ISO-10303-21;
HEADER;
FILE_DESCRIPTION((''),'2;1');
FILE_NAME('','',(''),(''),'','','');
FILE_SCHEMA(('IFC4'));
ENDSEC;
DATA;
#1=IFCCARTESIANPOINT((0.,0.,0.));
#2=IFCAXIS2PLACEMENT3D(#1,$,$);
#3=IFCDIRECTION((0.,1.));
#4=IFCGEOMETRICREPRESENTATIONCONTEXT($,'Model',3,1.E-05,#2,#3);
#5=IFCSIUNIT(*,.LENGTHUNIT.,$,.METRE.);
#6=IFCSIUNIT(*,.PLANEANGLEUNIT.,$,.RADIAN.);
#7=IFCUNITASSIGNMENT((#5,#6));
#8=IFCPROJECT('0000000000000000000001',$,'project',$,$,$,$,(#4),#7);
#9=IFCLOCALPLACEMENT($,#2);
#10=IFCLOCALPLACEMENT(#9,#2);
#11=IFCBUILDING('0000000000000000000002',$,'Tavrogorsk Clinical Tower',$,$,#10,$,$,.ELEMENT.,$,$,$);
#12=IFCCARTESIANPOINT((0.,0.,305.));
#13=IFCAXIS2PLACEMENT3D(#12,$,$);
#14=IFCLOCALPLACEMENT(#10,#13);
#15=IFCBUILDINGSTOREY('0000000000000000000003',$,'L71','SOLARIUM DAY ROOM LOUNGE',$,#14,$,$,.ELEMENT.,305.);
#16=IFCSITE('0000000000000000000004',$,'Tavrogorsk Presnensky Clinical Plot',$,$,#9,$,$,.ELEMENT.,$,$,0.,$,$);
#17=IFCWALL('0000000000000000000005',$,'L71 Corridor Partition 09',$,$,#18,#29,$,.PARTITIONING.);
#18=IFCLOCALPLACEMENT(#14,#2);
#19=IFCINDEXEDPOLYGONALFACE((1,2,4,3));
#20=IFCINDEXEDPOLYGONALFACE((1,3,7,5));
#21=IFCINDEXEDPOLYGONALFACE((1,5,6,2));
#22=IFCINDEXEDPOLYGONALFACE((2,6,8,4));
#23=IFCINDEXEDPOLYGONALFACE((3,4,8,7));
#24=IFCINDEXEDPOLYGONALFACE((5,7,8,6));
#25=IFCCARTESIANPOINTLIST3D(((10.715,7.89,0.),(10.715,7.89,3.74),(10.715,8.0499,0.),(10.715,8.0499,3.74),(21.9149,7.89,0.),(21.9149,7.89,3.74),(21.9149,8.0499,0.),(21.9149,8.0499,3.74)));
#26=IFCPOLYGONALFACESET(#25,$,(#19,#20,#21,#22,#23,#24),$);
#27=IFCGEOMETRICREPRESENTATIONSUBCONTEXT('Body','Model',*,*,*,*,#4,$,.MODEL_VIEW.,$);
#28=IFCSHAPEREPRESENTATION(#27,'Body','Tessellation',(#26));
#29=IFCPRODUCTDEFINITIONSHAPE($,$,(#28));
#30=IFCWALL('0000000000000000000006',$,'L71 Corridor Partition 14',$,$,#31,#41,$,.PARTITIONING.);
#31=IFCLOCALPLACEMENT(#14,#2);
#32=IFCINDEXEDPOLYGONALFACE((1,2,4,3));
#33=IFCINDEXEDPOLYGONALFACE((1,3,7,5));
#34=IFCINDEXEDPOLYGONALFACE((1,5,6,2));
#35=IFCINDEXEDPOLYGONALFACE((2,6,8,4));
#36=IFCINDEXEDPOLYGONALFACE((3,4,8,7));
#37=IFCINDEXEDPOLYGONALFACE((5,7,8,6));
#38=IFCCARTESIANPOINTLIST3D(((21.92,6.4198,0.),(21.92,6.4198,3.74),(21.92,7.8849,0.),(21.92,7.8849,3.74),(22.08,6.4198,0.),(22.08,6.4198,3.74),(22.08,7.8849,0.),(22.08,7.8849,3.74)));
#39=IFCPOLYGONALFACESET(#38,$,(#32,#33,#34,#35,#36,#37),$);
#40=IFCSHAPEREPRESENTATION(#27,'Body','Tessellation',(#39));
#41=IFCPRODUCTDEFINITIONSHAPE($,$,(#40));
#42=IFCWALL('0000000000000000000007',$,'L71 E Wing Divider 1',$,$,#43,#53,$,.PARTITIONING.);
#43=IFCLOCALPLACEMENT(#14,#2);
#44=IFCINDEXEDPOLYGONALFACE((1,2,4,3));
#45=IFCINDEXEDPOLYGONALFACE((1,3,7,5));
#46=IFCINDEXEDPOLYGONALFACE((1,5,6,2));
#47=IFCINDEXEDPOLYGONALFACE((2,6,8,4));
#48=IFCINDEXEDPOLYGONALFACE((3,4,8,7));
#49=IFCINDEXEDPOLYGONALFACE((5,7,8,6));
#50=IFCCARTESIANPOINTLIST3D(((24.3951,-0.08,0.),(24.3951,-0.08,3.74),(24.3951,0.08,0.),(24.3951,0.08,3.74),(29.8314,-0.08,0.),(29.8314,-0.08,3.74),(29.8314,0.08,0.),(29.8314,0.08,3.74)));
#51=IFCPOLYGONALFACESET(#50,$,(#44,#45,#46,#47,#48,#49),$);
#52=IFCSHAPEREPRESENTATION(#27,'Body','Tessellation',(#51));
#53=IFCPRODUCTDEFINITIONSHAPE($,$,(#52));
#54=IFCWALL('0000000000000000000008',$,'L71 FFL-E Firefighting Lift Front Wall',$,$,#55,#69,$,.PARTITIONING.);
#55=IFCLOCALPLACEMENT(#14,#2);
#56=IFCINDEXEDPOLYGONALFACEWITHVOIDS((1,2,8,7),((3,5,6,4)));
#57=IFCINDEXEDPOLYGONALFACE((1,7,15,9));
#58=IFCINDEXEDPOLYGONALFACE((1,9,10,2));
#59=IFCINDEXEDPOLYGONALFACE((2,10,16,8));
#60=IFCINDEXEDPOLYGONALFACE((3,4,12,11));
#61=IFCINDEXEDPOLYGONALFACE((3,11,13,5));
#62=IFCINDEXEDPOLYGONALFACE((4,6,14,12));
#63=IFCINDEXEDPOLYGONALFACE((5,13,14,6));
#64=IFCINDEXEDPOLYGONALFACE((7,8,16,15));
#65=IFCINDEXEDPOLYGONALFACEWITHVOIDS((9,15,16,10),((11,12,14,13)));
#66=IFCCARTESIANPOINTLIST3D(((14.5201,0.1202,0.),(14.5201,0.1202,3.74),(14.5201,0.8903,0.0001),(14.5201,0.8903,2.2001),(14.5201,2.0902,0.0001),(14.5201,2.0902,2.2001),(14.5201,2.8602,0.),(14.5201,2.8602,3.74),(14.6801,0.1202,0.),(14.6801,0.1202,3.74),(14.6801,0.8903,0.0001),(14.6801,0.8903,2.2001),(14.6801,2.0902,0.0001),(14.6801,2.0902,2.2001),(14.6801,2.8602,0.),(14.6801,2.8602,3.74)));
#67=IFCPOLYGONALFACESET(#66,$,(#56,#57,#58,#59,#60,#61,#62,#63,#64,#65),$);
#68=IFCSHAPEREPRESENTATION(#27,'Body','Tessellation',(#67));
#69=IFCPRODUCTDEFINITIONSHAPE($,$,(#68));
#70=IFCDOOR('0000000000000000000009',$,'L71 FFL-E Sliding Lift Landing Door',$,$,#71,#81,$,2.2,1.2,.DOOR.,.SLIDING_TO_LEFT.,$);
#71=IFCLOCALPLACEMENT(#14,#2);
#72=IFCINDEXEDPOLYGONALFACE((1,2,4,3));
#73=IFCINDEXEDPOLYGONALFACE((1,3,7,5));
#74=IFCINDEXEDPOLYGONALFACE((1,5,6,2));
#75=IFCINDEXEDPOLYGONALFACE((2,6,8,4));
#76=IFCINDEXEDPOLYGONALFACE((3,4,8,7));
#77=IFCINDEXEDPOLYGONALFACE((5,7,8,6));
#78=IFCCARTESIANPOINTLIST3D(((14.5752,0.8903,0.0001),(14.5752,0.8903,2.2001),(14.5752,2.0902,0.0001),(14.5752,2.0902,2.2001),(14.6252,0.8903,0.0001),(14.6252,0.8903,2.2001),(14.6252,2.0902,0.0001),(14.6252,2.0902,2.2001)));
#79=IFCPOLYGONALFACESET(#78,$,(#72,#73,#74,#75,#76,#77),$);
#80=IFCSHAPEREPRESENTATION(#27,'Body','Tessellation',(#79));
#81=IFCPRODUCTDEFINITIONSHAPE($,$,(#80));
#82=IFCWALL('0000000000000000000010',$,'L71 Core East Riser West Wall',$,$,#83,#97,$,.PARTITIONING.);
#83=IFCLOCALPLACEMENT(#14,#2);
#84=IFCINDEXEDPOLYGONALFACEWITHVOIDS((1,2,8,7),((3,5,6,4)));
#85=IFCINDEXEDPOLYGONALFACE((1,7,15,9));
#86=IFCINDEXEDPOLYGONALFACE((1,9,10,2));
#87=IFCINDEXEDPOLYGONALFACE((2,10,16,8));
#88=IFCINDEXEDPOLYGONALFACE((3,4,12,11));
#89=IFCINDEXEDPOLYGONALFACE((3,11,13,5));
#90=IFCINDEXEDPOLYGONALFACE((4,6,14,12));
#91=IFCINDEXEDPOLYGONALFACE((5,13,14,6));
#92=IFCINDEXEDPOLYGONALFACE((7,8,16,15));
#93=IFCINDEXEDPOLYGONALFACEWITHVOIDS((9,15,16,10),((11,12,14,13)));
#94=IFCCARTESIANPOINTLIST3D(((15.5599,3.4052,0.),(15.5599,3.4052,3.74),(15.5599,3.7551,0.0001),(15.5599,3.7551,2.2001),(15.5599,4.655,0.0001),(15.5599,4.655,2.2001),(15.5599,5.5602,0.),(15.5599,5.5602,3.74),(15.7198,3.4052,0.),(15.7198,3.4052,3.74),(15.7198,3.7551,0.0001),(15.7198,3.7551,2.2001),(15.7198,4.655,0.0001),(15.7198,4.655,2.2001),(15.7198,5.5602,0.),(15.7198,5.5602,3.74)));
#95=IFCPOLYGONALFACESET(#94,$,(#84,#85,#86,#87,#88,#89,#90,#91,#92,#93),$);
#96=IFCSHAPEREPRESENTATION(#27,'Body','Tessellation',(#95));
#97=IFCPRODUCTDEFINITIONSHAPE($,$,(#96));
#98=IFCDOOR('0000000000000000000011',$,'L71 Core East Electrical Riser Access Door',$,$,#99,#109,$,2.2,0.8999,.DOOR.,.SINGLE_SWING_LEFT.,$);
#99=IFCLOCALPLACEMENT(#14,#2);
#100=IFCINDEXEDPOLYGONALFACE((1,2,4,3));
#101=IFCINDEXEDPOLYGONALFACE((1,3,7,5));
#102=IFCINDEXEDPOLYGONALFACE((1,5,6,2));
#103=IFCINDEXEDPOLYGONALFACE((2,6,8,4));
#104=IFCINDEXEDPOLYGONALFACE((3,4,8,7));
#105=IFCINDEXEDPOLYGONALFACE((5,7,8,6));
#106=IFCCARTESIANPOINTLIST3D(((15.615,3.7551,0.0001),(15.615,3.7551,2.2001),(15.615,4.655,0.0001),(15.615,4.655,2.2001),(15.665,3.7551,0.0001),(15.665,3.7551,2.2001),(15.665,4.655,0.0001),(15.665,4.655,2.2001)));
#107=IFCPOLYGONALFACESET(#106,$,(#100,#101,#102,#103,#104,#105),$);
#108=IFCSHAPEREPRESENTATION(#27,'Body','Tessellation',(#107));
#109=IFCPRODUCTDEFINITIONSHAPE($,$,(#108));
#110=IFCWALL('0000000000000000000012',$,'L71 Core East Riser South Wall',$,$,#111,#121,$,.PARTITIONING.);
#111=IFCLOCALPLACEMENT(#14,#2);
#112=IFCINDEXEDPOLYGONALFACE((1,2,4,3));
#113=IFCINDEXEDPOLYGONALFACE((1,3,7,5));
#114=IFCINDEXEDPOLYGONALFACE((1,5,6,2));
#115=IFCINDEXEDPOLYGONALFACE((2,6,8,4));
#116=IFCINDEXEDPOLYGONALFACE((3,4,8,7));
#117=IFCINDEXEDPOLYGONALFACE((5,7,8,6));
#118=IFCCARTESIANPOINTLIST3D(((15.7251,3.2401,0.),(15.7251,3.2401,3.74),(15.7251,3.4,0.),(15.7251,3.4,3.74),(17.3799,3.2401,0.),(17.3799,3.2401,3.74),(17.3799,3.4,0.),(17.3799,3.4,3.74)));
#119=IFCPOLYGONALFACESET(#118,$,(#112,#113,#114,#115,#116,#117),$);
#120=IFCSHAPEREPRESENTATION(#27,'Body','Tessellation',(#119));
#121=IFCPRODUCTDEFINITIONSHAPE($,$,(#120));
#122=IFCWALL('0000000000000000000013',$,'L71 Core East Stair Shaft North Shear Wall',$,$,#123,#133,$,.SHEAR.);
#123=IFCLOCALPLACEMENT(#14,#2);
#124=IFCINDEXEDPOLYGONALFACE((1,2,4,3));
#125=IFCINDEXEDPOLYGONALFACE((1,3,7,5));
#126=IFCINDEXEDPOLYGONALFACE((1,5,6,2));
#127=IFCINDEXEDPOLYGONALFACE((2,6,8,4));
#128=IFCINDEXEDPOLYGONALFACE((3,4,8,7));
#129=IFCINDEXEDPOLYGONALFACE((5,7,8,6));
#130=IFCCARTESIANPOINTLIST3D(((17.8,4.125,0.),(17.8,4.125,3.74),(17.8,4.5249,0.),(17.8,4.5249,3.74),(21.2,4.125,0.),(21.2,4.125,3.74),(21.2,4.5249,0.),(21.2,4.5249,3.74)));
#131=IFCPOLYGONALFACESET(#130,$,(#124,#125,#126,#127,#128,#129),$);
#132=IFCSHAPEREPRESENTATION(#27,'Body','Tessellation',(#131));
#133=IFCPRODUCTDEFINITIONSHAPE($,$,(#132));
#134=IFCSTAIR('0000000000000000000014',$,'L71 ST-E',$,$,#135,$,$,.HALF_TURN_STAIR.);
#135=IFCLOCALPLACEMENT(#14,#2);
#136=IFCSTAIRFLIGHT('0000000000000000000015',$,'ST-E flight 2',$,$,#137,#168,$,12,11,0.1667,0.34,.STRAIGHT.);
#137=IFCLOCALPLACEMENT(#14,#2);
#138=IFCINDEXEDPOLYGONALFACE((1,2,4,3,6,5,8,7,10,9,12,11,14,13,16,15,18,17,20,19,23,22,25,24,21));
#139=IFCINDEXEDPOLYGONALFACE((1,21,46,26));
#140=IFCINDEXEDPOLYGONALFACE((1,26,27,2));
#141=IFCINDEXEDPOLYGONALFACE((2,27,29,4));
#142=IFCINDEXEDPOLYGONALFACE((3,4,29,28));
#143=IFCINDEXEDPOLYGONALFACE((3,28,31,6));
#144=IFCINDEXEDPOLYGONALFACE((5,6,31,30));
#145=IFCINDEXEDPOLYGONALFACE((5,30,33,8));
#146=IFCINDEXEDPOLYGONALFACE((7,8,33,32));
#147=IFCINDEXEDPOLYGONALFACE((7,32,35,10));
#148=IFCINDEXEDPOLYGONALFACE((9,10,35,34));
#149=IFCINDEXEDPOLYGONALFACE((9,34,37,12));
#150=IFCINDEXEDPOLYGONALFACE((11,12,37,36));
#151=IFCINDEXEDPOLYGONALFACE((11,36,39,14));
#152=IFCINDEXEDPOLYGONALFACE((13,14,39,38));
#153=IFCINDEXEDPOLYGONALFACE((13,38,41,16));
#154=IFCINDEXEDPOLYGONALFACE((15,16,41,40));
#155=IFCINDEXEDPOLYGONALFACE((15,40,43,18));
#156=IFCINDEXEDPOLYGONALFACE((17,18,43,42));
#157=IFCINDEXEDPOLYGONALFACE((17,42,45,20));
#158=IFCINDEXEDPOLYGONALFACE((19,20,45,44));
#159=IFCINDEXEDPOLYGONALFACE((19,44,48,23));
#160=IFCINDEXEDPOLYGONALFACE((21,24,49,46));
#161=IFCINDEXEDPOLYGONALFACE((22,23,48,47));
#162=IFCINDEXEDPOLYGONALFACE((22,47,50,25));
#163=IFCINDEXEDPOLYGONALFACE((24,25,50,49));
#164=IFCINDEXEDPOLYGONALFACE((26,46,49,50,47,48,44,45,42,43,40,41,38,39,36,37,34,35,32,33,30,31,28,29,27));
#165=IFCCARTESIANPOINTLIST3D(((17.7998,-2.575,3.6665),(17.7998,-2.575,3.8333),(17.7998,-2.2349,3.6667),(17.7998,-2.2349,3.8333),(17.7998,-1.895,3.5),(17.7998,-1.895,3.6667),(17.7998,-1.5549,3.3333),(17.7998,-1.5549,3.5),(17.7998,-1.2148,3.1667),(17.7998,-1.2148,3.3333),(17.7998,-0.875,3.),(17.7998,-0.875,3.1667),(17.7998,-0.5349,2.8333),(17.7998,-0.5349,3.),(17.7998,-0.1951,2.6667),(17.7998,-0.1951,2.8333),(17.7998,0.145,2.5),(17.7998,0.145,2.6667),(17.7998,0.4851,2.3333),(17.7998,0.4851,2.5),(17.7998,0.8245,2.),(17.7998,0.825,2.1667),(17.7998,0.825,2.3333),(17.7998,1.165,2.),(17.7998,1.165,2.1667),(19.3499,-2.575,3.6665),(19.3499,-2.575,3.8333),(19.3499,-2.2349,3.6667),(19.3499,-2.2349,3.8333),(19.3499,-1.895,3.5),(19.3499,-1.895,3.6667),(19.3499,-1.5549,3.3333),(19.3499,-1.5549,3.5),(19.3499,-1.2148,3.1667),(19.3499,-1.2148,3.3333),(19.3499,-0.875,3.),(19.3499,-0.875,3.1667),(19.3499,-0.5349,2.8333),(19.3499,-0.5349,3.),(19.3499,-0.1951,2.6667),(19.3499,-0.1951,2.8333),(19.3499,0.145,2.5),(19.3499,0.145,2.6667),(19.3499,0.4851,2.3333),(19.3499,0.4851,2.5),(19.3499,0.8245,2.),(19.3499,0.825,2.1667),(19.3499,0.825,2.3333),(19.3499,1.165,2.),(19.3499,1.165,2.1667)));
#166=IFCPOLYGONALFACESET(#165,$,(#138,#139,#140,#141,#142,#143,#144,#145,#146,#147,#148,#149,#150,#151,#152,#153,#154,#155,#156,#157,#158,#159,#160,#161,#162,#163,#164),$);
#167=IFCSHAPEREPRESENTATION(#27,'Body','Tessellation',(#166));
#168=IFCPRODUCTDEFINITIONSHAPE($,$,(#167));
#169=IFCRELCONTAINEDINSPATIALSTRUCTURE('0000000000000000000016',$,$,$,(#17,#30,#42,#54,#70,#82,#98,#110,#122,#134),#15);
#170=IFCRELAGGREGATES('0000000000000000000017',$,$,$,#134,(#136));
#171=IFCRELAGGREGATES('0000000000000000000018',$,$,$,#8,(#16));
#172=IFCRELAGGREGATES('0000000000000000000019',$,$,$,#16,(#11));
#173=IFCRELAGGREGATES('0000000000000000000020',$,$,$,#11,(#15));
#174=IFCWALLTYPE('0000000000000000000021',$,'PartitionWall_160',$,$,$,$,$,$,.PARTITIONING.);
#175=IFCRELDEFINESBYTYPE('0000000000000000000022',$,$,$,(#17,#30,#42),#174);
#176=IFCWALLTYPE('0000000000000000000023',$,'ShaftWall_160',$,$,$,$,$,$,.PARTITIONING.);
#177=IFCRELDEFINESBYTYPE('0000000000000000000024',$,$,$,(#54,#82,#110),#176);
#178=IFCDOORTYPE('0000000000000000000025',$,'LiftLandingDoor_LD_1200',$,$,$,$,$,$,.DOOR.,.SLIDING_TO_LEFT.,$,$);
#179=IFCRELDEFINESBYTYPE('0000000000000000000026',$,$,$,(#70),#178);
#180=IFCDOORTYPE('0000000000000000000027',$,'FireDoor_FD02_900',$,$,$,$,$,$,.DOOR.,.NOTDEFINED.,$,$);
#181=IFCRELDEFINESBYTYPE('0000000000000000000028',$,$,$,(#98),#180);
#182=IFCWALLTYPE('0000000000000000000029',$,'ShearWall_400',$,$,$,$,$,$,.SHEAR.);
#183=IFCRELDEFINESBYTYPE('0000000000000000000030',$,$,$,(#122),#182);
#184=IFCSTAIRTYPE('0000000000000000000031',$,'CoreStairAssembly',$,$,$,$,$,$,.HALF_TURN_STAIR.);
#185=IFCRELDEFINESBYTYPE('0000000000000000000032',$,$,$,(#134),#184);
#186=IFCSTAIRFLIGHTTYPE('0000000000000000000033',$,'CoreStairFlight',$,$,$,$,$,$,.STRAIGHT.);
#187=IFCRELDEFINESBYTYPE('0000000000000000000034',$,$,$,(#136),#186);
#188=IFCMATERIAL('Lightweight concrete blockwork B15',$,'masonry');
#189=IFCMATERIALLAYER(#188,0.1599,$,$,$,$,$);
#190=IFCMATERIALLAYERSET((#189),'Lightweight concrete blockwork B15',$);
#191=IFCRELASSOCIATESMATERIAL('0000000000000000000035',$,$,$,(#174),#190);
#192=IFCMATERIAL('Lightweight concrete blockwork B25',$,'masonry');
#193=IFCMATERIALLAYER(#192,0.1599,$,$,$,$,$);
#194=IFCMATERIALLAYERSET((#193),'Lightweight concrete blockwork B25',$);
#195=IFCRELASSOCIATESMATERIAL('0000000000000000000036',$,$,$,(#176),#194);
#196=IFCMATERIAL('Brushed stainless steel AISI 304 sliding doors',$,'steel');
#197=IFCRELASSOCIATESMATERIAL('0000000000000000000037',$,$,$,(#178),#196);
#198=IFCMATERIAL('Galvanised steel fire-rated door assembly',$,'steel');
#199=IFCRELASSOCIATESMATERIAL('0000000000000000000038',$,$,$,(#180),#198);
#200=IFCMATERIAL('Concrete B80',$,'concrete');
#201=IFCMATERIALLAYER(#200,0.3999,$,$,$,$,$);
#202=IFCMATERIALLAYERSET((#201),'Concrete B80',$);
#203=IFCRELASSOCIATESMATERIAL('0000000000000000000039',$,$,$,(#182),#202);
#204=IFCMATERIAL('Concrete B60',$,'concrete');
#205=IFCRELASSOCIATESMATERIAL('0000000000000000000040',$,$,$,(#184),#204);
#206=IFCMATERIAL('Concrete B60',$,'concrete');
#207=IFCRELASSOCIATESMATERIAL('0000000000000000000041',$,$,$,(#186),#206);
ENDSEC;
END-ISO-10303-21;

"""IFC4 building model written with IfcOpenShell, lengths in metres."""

from ifc_helpers import new_model, si_unit, direction, frame, frame_2d, origin, place, context, subcontext, project, spatial, polyline, rectangle, outline, extrude, material, layer, layer_set, type_object, element, fill, aggregate, save


model = new_model("IFC4")

# Units and contexts
model_context = context("Model", 3, precision=1e-05, world=origin(), true_north=direction((0.0, 1.0)))
body_context = subcontext(model_context, "Body", "Model", "MODEL_VIEW")
ifc_project = project(units=[si_unit("LENGTHUNIT", "METRE"), si_unit("PLANEANGLEUNIT", "RADIAN")], contexts=[model_context])

# Site, building, storey
site_placement = place(None, origin())
site = spatial("IfcSite", under=ifc_project, at=site_placement, Name="Tavrogorsk Presnensky Clinical Plot", CompositionType="ELEMENT", RefElevation=0.0)
building_placement = place(site_placement, origin())
building = spatial("IfcBuilding", under=site, at=building_placement, Name="Tavrogorsk Clinical Tower", CompositionType="ELEMENT")
storey_placement = place(building_placement, frame((0.0, 0.0, 305.0)))
storey = spatial("IfcBuildingStorey", under=building, at=storey_placement, Name="L71", Description="SOLARIUM DAY ROOM LOUNGE", CompositionType="ELEMENT", Elevation=305.0)

# Walls
ifc_material_1 = material(Name="Lightweight concrete blockwork B15", Category="masonry")
ifc_layer_1 = layer(ifc_material_1, 0.1599)
ifc_layer_set_1 = layer_set([ifc_layer_1], Name="Lightweight concrete blockwork B15")
wall_type_1 = type_object("IfcWallType", Name="PartitionWall_160", PredefinedType="PARTITIONING", material=ifc_layer_set_1)
wall_1_placement = place(storey_placement, frame((21.915, 7.97, 0.0), z_axis=(0.0, 0.0, 1.0), x_axis=(-1.0, 0.0, 0.0)))
element("IfcWall", 1, at=wall_1_placement, inside=storey, type_object=wall_type_1, Name="L71 Corridor Partition 09", PredefinedType="PARTITIONING", context=body_context, shape_type="SweptSolid", body=[
    extrude(rectangle(XDim=11.2, YDim=0.1599, at=frame_2d((5.6001, 0.0))), origin(), (0.0, 0.0, 1.0), 3.74),
])
wall_2_placement = place(storey_placement, frame((22.0, 6.4199, 0.0), z_axis=(0.0, 0.0, 1.0), x_axis=(0.0, 1.0, 0.0)))
element("IfcWall", 2, at=wall_2_placement, inside=storey, type_object=wall_type_1, Name="L71 Corridor Partition 14", PredefinedType="PARTITIONING", context=body_context, shape_type="SweptSolid", body=[
    extrude(rectangle(XDim=1.4651, YDim=0.1599, at=frame_2d((0.7324, 0.0))), origin(), (0.0, 0.0, 1.0), 3.74),
])
wall_3_placement = place(storey_placement, frame((24.395, 0.0, 0.0), z_axis=(0.0, 0.0, 1.0), x_axis=(1.0, 0.0, 0.0)))
element("IfcWall", 3, at=wall_3_placement, inside=storey, type_object=wall_type_1, Name="L71 E Wing Divider 1", PredefinedType="PARTITIONING", context=body_context, shape_type="SweptSolid", body=[
    extrude(rectangle(XDim=5.4363, YDim=0.1599, at=frame_2d((2.7183, 0.0))), origin(), (0.0, 0.0, 1.0), 3.74),
])

# Walls, openings, doors
ifc_material_2 = material(Name="Lightweight concrete blockwork B25", Category="masonry")
ifc_layer_2 = layer(ifc_material_2, 0.1599)
ifc_layer_set_2 = layer_set([ifc_layer_2], Name="Lightweight concrete blockwork B25")
wall_type_2 = type_object("IfcWallType", Name="ShaftWall_160", PredefinedType="PARTITIONING", material=ifc_layer_set_2)
wall_4_placement = place(storey_placement, frame((14.6001, 0.1201, 0.0), z_axis=(0.0, 0.0, 1.0), x_axis=(0.0, 1.0, 0.0)))
wall_4 = element("IfcWall", 4, at=wall_4_placement, inside=storey, type_object=wall_type_2, Name="L71 FFL-E Firefighting Lift Front Wall", PredefinedType="PARTITIONING", context=body_context, shape_type="SweptSolid", body=[
    extrude(rectangle(XDim=2.74, YDim=0.1599, at=frame_2d((1.3701, 0.0))), origin(), (0.0, 0.0, 1.0), 3.74),
])
opening_1_placement = place(wall_4_placement, frame((0.77, 0.0, 0.0)))
opening_1 = element("IfcOpeningElement", 5, at=opening_1_placement, cuts=wall_4, PredefinedType="OPENING", context=body_context, shape_type="SweptSolid", body=[
    extrude(rectangle(XDim=1.2, YDim=2.2, at=frame_2d((0.6001, 1.1001))), frame((0.0, 0.0898, 0.0), z_axis=(0.0, -1.0, 0.0), x_axis=(1.0, 0.0, 0.0)), (0.0, 0.0, 1.0), 0.1799),
])
ifc_material_3 = material(Name="Brushed stainless steel AISI 304 sliding doors", Category="steel")
door_type_1 = type_object("IfcDoorType", Name="LiftLandingDoor_LD_1200", OperationType="SLIDING_TO_LEFT", PredefinedType="DOOR", material=ifc_material_3)
door_1_placement = place(opening_1_placement, origin())
door_1 = element("IfcDoor", 6, at=door_1_placement, inside=storey, type_object=door_type_1, Name="L71 FFL-E Sliding Lift Landing Door", OperationType="SLIDING_TO_LEFT", OverallHeight=2.2, OverallWidth=1.2, PredefinedType="DOOR", context=body_context, shape_type="SweptSolid", body=[
    extrude(rectangle(XDim=1.2, YDim=2.2, at=frame_2d((0.6001, 1.1001))), frame((0.0, 0.0249, 0.0), z_axis=(0.0, -1.0, 0.0), x_axis=(1.0, 0.0, 0.0)), (0.0, 0.0, 1.0), 0.05),
])
fill(opening_1, door_1)
wall_5_placement = place(storey_placement, frame((15.6399, 3.405, 0.0), z_axis=(0.0, 0.0, 1.0), x_axis=(0.0, 1.0, 0.0)))
wall_5 = element("IfcWall", 7, at=wall_5_placement, inside=storey, type_object=wall_type_2, Name="L71 Core East Riser West Wall", PredefinedType="PARTITIONING", context=body_context, shape_type="SweptSolid", body=[
    extrude(rectangle(XDim=2.155, YDim=0.1599, at=frame_2d((1.0776, 0.0))), origin(), (0.0, 0.0, 1.0), 3.74),
])
opening_2_placement = place(wall_5_placement, frame((0.3501, 0.0, 0.0)))
opening_2 = element("IfcOpeningElement", 8, at=opening_2_placement, cuts=wall_5, PredefinedType="OPENING", context=body_context, shape_type="SweptSolid", body=[
    extrude(rectangle(XDim=0.8999, YDim=2.2, at=frame_2d((0.45, 1.1001))), frame((0.0, 0.0898, 0.0), z_axis=(0.0, -1.0, 0.0), x_axis=(1.0, 0.0, 0.0)), (0.0, 0.0, 1.0), 0.1799),
])
ifc_material_4 = material(Name="Galvanised steel fire-rated door assembly", Category="steel")
door_type_2 = type_object("IfcDoorType", Name="FireDoor_FD02_900", OperationType="NOTDEFINED", PredefinedType="DOOR", material=ifc_material_4)
door_2_placement = place(opening_2_placement, origin())
door_2 = element("IfcDoor", 9, at=door_2_placement, inside=storey, type_object=door_type_2, Name="L71 Core East Electrical Riser Access Door", OperationType="SINGLE_SWING_LEFT", OverallHeight=2.2, OverallWidth=0.8999, PredefinedType="DOOR", context=body_context, shape_type="SweptSolid", body=[
    extrude(rectangle(XDim=0.8999, YDim=2.2, at=frame_2d((0.45, 1.1001))), frame((0.0, 0.0249, 0.0), z_axis=(0.0, -1.0, 0.0), x_axis=(1.0, 0.0, 0.0)), (0.0, 0.0, 1.0), 0.05),
])
fill(opening_2, door_2)

# Walls
wall_6_placement = place(storey_placement, frame((15.7251, 3.3201, 0.0), z_axis=(0.0, 0.0, 1.0), x_axis=(1.0, 0.0, 0.0)))
element("IfcWall", 10, at=wall_6_placement, inside=storey, type_object=wall_type_2, Name="L71 Core East Riser South Wall", PredefinedType="PARTITIONING", context=body_context, shape_type="SweptSolid", body=[
    extrude(rectangle(XDim=1.6548, YDim=0.1599, at=frame_2d((0.8274, 0.0))), origin(), (0.0, 0.0, 1.0), 3.74),
])
ifc_material_5 = material(Name="Concrete B80", Category="concrete")
ifc_layer_3 = layer(ifc_material_5, 0.3999)
ifc_layer_set_3 = layer_set([ifc_layer_3], Name="Concrete B80")
wall_type_3 = type_object("IfcWallType", Name="ShearWall_400", PredefinedType="SHEAR", material=ifc_layer_set_3)
wall_7_placement = place(storey_placement, frame((17.8, 4.325, 0.0), z_axis=(0.0, 0.0, 1.0), x_axis=(1.0, 0.0, 0.0)))
element("IfcWall", 11, at=wall_7_placement, inside=storey, type_object=wall_type_3, Name="L71 Core East Stair Shaft North Shear Wall", PredefinedType="SHEAR", context=body_context, shape_type="SweptSolid", body=[
    extrude(rectangle(XDim=3.3999, YDim=0.3999, at=frame_2d((1.7, 0.0))), origin(), (0.0, 0.0, 1.0), 3.74),
])

# Stair, stair flight
ifc_material_6 = material(Name="Concrete B60", Category="concrete")
stair_type = type_object("IfcStairType", Name="CoreStairAssembly", PredefinedType="HALF_TURN_STAIR", material=ifc_material_6)
stair_placement = place(storey_placement, origin())
stair = element("IfcStair", 12, at=stair_placement, inside=storey, type_object=stair_type, Name="L71 ST-E", PredefinedType="HALF_TURN_STAIR")
ifc_material_7 = material(Name="Concrete B60", Category="concrete")
stair_flight_type = type_object("IfcStairFlightType", Name="CoreStairFlight", PredefinedType="STRAIGHT", material=ifc_material_7)
stair_flight_placement = place(storey_placement, frame((18.575, 1.165, 2.0), z_axis=(0.0, 0.0, 1.0), x_axis=(0.0, -1.0, 0.0)))
stair_flight = element("IfcStairFlight", 13, at=stair_flight_placement, type_object=stair_flight_type, Name="ST-E flight 2", NumberOfRisers=12, NumberOfTreads=11, PredefinedType="STRAIGHT", RiserHeight=0.1667, TreadLength=0.34, context=body_context, shape_type="SweptSolid", body=[
    extrude(outline(polyline([(0.0, 0.0), (0.0, 0.1667), (0.3401, 0.1667), (0.3401, 0.3333), (0.6799, 0.3333), (0.6799, 0.5), (1.02, 0.5), (1.02, 0.6667), (1.3601, 0.6667), (1.3601, 0.8333), (1.7, 0.8333), (1.7, 1.0), (2.04, 1.0), (2.04, 1.1667), (2.3799, 1.1667), (2.3799, 1.3333), (2.72, 1.3333), (2.72, 1.5), (3.0601, 1.5), (3.0601, 1.6667), (3.3999, 1.6667), (3.3999, 1.8333), (3.74, 1.8333), (3.74, 2.0), (3.74, 1.6665), (0.3406, 0.0), (0.0, 0.0)])), frame((0.0, 0.7749, 0.0), z_axis=(0.0, -1.0, 0.0), x_axis=(1.0, 0.0, 0.0)), (0.0, 0.0, 1.0), 1.55),
])
aggregate(stair, [stair_flight])

save(model, "model.ifc")
